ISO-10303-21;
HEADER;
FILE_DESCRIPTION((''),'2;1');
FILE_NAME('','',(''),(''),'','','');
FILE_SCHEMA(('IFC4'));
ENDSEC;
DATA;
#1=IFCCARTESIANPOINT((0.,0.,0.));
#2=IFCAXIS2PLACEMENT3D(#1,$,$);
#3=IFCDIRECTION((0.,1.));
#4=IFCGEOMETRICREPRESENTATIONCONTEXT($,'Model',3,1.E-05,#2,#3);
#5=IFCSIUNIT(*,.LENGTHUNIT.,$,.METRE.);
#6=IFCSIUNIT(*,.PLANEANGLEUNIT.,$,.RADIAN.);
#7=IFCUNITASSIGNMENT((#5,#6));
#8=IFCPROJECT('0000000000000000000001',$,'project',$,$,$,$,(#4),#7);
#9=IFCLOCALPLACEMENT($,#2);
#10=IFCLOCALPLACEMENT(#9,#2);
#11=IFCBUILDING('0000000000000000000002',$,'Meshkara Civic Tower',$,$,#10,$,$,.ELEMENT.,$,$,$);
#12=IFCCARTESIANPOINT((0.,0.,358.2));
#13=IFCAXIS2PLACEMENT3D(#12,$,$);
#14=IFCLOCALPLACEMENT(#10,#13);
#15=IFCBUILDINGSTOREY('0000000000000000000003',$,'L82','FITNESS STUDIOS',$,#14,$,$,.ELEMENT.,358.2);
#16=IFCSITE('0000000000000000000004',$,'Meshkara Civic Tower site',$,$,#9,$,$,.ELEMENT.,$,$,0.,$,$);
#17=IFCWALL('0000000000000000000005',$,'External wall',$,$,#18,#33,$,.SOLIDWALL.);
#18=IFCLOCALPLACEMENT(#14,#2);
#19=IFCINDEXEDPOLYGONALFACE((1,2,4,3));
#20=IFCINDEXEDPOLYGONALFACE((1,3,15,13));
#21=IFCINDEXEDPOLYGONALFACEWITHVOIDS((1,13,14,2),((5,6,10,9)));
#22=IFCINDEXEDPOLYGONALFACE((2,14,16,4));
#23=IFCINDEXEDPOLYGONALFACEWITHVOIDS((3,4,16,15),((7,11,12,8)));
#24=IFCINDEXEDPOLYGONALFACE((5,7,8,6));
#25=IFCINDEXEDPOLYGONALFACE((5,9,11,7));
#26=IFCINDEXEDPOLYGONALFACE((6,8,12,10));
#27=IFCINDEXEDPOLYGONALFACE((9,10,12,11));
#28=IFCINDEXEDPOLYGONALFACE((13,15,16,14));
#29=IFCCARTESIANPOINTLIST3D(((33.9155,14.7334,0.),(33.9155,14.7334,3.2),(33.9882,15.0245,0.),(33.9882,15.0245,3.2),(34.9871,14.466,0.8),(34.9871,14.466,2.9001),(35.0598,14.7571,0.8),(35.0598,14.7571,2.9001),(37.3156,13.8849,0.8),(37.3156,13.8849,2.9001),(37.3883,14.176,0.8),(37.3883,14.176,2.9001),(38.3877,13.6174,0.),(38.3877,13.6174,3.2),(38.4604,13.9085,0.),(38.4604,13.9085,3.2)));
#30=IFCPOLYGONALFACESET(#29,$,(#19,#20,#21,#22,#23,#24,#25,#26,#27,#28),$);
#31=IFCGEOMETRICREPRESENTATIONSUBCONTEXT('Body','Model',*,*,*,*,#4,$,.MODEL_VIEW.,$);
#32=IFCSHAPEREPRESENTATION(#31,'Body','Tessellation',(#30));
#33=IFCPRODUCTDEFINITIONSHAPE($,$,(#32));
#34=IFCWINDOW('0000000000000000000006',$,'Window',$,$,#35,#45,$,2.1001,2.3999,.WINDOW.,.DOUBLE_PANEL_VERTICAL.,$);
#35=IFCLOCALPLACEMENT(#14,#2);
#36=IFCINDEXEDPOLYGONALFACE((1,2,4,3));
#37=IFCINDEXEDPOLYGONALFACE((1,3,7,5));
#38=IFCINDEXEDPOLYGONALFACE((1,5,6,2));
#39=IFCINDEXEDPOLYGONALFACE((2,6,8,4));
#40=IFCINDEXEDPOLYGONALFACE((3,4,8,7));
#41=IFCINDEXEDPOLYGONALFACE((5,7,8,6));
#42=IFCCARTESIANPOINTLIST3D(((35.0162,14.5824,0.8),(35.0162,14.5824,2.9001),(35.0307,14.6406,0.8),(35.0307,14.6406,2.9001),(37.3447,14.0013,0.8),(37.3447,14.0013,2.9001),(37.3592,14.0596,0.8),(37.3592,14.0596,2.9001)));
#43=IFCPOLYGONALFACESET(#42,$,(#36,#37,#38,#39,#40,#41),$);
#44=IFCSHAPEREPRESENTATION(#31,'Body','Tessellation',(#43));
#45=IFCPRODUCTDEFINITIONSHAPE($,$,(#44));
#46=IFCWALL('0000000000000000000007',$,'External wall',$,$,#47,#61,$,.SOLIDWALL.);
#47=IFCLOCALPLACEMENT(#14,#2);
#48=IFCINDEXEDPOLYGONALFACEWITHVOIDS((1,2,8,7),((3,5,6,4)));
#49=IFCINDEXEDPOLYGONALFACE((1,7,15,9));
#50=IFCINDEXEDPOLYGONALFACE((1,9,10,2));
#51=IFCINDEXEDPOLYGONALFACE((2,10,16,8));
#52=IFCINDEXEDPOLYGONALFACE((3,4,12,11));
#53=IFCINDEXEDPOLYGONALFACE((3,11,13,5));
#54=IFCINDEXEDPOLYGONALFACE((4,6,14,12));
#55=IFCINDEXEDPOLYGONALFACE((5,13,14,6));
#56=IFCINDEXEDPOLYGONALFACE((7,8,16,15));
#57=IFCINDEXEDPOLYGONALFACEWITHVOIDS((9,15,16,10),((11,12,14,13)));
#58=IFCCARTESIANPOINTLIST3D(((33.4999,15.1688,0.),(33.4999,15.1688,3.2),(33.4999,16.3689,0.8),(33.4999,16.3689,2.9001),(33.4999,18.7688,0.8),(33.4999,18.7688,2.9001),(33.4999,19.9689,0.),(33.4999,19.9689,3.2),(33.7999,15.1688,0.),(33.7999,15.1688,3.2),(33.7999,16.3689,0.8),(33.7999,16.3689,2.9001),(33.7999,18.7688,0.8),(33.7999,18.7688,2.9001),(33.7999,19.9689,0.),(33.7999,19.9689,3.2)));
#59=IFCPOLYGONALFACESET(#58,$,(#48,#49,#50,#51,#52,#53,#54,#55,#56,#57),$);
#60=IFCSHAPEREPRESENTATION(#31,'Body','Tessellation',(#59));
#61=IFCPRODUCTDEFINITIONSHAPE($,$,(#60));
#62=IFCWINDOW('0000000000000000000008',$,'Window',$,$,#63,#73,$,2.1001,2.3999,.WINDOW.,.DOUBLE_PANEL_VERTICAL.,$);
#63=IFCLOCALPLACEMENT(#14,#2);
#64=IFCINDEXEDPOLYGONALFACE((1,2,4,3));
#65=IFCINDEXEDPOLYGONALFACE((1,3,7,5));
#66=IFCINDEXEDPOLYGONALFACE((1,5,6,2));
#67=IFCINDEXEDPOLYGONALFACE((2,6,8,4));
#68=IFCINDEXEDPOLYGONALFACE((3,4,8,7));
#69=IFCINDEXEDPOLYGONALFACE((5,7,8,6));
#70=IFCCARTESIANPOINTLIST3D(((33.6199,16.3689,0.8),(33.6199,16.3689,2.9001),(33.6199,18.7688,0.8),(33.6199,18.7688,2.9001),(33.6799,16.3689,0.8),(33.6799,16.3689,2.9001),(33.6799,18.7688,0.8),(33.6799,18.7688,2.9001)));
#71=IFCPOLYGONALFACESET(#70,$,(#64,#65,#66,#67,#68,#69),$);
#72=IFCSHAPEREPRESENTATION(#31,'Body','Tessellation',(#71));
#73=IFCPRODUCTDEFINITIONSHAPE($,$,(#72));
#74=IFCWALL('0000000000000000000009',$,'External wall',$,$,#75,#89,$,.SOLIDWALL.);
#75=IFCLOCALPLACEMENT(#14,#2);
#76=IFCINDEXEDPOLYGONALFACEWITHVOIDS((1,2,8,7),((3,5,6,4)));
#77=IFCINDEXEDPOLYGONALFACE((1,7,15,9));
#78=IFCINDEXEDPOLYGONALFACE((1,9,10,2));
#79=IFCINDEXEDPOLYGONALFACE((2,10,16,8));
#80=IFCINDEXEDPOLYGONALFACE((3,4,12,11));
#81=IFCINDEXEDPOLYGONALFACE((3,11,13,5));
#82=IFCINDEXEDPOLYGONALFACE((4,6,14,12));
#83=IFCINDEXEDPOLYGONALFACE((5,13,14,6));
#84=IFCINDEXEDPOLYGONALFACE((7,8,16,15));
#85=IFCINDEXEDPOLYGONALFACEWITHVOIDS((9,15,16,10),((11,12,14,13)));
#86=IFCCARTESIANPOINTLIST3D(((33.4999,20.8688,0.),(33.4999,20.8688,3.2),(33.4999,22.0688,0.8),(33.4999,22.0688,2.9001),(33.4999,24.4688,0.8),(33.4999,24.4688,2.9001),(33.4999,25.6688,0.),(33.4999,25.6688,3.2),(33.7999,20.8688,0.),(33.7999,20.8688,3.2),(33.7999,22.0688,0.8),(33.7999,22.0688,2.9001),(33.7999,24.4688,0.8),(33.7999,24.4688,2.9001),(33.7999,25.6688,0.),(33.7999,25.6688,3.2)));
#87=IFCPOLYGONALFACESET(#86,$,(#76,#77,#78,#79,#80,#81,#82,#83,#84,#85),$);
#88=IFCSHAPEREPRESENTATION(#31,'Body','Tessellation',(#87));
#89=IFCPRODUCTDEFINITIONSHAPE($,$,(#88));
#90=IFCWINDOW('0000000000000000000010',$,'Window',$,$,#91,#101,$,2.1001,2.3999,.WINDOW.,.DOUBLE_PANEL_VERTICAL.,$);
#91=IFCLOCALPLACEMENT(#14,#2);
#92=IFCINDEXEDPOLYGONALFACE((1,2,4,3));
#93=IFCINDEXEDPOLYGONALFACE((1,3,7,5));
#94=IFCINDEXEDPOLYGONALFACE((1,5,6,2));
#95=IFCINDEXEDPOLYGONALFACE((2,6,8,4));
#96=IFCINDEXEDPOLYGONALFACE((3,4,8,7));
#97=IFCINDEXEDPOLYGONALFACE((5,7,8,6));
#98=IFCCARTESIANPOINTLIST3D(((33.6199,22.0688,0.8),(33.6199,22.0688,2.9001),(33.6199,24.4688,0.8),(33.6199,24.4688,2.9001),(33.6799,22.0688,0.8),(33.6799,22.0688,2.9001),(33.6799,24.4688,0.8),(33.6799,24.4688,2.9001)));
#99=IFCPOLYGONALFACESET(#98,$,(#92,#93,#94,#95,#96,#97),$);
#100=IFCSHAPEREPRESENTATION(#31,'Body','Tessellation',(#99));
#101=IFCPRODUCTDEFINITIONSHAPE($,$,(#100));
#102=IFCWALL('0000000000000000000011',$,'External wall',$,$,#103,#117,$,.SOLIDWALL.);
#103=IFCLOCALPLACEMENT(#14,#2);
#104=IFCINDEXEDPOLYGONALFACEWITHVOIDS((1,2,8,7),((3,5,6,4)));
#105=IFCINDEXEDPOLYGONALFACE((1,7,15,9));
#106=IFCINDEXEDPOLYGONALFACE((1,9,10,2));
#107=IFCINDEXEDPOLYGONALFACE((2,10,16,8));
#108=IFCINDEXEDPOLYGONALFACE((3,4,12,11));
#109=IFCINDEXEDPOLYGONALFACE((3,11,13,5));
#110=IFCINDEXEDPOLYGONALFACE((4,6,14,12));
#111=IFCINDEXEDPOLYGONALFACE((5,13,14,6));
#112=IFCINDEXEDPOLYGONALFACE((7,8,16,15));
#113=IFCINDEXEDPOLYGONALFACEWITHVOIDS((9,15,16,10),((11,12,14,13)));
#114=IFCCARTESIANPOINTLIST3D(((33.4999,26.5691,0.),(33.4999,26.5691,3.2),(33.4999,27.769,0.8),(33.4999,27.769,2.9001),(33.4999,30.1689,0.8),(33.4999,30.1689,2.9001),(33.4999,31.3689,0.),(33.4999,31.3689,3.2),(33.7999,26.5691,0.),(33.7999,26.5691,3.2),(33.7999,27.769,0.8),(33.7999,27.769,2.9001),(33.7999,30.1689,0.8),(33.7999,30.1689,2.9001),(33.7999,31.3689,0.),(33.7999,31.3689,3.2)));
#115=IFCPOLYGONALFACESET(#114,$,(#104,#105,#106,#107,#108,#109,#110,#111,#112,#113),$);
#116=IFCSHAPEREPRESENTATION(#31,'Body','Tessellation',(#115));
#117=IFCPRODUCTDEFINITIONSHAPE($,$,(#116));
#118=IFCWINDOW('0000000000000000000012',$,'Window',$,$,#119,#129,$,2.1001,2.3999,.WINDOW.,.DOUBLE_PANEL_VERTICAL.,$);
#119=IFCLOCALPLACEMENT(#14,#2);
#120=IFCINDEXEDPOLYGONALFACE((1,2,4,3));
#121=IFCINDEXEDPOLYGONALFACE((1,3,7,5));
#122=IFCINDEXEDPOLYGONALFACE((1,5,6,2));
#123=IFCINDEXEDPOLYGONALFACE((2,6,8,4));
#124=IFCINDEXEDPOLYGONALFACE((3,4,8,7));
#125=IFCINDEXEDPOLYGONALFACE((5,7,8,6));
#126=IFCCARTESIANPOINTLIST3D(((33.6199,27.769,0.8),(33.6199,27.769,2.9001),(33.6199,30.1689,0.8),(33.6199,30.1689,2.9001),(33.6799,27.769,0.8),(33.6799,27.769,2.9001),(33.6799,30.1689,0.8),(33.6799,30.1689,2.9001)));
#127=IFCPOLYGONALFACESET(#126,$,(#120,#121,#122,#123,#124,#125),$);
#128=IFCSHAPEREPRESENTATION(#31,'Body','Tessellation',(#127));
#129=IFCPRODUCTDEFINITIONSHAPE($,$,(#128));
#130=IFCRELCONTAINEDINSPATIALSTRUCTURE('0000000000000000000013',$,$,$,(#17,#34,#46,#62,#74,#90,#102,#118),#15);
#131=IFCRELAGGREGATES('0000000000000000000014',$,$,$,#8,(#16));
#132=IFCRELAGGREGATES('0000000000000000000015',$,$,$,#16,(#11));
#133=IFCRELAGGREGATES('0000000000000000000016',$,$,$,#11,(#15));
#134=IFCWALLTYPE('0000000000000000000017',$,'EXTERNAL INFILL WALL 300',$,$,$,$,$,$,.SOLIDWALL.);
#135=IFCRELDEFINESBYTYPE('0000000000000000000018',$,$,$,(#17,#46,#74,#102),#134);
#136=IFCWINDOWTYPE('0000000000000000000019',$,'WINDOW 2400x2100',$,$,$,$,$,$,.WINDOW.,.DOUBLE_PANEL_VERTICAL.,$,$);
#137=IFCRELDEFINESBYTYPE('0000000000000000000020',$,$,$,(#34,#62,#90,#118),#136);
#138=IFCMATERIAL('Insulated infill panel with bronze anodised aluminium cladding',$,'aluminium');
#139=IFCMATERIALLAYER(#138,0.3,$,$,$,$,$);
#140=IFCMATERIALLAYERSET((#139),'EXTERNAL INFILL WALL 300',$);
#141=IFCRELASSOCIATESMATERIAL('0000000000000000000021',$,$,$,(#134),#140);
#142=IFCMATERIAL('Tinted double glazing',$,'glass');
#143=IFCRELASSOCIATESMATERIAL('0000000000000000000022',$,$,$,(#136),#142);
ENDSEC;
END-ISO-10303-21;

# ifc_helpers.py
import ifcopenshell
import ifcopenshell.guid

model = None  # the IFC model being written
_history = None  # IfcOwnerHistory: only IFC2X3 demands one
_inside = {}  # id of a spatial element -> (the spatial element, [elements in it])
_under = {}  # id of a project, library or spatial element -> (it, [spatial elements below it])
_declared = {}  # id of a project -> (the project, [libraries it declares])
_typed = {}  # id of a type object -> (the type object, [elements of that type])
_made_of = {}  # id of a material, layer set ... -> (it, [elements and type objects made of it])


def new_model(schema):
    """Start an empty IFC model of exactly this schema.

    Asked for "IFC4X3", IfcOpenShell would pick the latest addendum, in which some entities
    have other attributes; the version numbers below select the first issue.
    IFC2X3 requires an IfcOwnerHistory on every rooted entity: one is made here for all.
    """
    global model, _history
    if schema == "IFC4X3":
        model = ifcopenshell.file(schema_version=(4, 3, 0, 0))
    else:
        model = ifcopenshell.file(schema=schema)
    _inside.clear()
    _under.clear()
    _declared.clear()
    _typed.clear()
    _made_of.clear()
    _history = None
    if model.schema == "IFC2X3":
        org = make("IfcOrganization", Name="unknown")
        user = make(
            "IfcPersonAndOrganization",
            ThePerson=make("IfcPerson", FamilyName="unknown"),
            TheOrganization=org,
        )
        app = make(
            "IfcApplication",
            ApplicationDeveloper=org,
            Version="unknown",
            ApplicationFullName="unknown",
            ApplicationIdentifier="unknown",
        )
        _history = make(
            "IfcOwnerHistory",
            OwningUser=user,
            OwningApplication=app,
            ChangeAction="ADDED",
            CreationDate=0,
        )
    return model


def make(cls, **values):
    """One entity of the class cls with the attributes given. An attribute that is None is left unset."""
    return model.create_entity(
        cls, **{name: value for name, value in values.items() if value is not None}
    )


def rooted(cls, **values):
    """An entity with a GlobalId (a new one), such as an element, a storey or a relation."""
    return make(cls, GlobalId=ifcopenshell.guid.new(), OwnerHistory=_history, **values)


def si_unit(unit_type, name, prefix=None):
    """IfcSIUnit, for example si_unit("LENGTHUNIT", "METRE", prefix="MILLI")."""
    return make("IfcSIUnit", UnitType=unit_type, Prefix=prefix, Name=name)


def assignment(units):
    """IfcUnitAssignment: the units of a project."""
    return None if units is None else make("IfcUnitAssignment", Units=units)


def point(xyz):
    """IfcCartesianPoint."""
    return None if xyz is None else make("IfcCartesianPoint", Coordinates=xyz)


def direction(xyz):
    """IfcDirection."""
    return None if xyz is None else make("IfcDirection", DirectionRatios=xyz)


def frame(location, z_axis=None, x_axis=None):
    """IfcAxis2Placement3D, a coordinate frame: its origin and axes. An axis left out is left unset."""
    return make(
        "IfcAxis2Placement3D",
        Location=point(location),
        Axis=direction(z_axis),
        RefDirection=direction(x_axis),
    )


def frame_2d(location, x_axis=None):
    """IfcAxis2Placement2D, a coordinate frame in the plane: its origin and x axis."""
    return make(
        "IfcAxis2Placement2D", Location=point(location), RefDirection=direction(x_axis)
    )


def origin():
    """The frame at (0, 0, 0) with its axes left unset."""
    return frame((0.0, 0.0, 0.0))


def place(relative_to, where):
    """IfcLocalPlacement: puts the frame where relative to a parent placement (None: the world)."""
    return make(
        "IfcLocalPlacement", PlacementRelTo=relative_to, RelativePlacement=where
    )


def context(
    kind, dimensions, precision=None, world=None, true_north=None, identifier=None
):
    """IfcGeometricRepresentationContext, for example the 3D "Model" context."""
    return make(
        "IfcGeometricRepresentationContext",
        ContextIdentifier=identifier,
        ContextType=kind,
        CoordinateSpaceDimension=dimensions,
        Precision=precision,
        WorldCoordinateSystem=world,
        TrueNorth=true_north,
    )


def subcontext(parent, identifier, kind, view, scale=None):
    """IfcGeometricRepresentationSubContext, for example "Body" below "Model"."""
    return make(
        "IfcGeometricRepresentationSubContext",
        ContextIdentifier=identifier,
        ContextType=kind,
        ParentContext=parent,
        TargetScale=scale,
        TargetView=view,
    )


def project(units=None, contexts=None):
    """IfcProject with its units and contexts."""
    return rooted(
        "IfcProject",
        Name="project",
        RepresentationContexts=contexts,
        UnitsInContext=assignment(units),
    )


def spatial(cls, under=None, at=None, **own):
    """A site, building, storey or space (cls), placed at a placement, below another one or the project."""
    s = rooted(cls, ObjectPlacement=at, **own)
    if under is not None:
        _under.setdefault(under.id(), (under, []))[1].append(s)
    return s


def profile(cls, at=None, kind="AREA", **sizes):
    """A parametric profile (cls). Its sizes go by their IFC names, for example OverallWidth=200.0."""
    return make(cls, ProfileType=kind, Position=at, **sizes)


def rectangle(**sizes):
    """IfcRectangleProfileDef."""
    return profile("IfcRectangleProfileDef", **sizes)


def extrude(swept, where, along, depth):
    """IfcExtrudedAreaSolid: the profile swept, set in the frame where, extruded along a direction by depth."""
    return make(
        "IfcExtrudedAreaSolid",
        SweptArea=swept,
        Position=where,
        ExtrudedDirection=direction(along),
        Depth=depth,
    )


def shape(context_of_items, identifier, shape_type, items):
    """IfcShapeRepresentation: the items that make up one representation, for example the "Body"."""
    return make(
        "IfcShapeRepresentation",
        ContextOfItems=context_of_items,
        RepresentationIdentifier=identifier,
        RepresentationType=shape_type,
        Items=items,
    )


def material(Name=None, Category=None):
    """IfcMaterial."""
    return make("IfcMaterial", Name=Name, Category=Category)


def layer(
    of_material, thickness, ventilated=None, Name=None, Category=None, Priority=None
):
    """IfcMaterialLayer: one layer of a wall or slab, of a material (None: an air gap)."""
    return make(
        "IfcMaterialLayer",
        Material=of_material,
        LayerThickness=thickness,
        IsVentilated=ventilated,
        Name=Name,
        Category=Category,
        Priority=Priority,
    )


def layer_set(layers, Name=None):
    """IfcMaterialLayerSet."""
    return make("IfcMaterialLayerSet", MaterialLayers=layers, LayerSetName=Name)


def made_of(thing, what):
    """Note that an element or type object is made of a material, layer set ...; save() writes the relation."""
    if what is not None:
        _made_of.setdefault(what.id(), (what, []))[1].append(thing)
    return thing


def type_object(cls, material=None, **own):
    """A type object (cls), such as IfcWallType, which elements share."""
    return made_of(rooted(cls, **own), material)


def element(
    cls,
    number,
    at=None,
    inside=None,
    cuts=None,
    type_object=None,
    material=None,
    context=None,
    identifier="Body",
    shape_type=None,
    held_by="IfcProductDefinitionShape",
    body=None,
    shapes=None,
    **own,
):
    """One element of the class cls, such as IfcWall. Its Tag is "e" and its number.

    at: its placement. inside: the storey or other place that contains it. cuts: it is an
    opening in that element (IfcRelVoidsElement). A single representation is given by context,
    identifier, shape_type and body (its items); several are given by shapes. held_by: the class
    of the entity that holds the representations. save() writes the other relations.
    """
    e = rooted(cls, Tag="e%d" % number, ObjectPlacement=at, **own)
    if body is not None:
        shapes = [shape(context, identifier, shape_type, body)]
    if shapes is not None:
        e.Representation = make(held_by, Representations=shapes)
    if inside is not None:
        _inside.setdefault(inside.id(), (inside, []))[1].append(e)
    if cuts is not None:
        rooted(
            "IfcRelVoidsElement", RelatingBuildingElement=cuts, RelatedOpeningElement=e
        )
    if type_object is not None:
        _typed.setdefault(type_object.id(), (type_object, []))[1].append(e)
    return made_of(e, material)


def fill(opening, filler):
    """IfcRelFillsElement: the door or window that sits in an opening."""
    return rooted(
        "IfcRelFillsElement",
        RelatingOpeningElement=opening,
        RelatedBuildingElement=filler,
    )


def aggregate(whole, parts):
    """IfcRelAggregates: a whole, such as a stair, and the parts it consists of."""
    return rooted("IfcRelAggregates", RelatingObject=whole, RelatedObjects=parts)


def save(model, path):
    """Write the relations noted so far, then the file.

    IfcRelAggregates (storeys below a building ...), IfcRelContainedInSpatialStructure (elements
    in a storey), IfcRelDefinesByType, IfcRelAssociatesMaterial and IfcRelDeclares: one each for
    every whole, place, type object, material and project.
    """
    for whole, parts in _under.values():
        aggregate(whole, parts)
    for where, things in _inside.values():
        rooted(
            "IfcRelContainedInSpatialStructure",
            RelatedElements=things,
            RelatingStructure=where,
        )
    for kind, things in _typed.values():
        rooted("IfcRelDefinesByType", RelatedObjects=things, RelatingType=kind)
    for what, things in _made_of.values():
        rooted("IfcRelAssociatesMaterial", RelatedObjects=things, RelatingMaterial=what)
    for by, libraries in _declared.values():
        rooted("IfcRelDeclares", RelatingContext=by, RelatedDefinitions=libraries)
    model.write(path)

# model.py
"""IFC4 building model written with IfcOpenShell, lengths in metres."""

from ifc_helpers import new_model, si_unit, direction, frame, frame_2d, origin, place, context, subcontext, project, spatial, rectangle, extrude, material, layer, layer_set, type_object, element, fill, save


model = new_model("IFC4")

# Units and contexts
model_context = context("Model", 3, precision=1e-05, world=origin(), true_north=direction((0.0, 1.0)))
body_context = subcontext(model_context, "Body", "Model", "MODEL_VIEW")
ifc_project = project(units=[si_unit("LENGTHUNIT", "METRE"), si_unit("PLANEANGLEUNIT", "RADIAN")], contexts=[model_context])

# Site, building, storey
site_placement = place(None, origin())
site = spatial("IfcSite", under=ifc_project, at=site_placement, Name="Meshkara Civic Tower site", CompositionType="ELEMENT", RefElevation=0.0)
building_placement = place(site_placement, origin())
building = spatial("IfcBuilding", under=site, at=building_placement, Name="Meshkara Civic Tower", CompositionType="ELEMENT")
storey_placement = place(building_placement, frame((0.0, 0.0, 358.2)))
storey = spatial("IfcBuildingStorey", under=building, at=storey_placement, Name="L82", Description="FITNESS STUDIOS", CompositionType="ELEMENT", Elevation=358.2)

# Walls, openings, windows
ifc_material_1 = material(Name="Insulated infill panel with bronze anodised aluminium cladding", Category="aluminium")
ifc_layer_1 = layer(ifc_material_1, 0.3)
ifc_layer_set_1 = layer_set([ifc_layer_1], Name="EXTERNAL INFILL WALL 300")
wall_type_1 = type_object("IfcWallType", Name="EXTERNAL INFILL WALL 300", PredefinedType="SOLIDWALL", material=ifc_layer_set_1)
ifc_material_2 = material(Name="Tinted double glazing", Category="glass")
window_type = type_object("IfcWindowType", Name="WINDOW 2400x2100", PartitioningType="DOUBLE_PANEL_VERTICAL", PredefinedType="WINDOW", material=ifc_material_2)
wall_1_placement = place(storey_placement, frame((38.4241, 13.7629, 0.0), z_axis=(0.0, 0.0, 1.0), x_axis=(-0.970248, 0.242112, 0.0)))
wall_1 = element("IfcWall", 1, at=wall_1_placement, inside=storey, type_object=wall_type_1, Name="External wall", PredefinedType="SOLIDWALL", context=body_context, shape_type="SweptSolid", body=[
    extrude(rectangle(XDim=4.6094, YDim=0.3, at=frame_2d((2.3047, 0.0))), origin(), (0.0, 0.0, 1.0), 3.2),
])
opening_1_placement = place(wall_1_placement, frame((1.105, 0.0, 0.8)))
opening_1 = element("IfcOpeningElement", 2, at=opening_1_placement, cuts=wall_1, PredefinedType="OPENING", context=body_context, shape_type="SweptSolid", body=[
    extrude(rectangle(XDim=2.3999, YDim=2.1001, at=frame_2d((1.2, 1.05))), frame((0.0, 0.1599, 0.0), z_axis=(0.0, -1.0, 0.0), x_axis=(1.0, 0.0, 0.0)), (0.0, 0.0, 1.0), 0.3201),
])
window_1_placement = place(opening_1_placement, origin())
window_1 = element("IfcWindow", 3, at=window_1_placement, inside=storey, type_object=window_type, Name="Window", OverallHeight=2.1001, OverallWidth=2.3999, PartitioningType="DOUBLE_PANEL_VERTICAL", PredefinedType="WINDOW", context=body_context, shape_type="SweptSolid", body=[
    extrude(rectangle(XDim=2.3999, YDim=2.1001, at=frame_2d((1.2, 1.05))), frame((0.0, 0.03, 0.0), z_axis=(0.0, -1.0, 0.0), x_axis=(1.0, 0.0, 0.0)), (0.0, 0.0, 1.0), 0.0601),
])
fill(opening_1, window_1)
wall_2_placement = place(storey_placement, frame((33.6499, 15.1689, 0.0), z_axis=(0.0, 0.0, 1.0), x_axis=(0.0, 1.0, 0.0)))
wall_2 = element("IfcWall", 4, at=wall_2_placement, inside=storey, type_object=wall_type_1, Name="External wall", PredefinedType="SOLIDWALL", context=body_context, shape_type="SweptSolid", body=[
    extrude(rectangle(XDim=4.8, YDim=0.3, at=frame_2d((2.3999, 0.0))), origin(), (0.0, 0.0, 1.0), 3.2),
])
opening_2_placement = place(wall_2_placement, frame((1.2, 0.0, 0.8)))
opening_2 = element("IfcOpeningElement", 5, at=opening_2_placement, cuts=wall_2, PredefinedType="OPENING", context=body_context, shape_type="SweptSolid", body=[
    extrude(rectangle(XDim=2.3999, YDim=2.1001, at=frame_2d((1.2, 1.05))), frame((0.0, 0.1599, 0.0), z_axis=(0.0, -1.0, 0.0), x_axis=(1.0, 0.0, 0.0)), (0.0, 0.0, 1.0), 0.3201),
])
window_2_placement = place(opening_2_placement, origin())
window_2 = element("IfcWindow", 6, at=window_2_placement, inside=storey, type_object=window_type, Name="Window", OverallHeight=2.1001, OverallWidth=2.3999, PartitioningType="DOUBLE_PANEL_VERTICAL", PredefinedType="WINDOW", context=body_context, shape_type="SweptSolid", body=[
    extrude(rectangle(XDim=2.3999, YDim=2.1001, at=frame_2d((1.2, 1.05))), frame((0.0, 0.03, 0.0), z_axis=(0.0, -1.0, 0.0), x_axis=(1.0, 0.0, 0.0)), (0.0, 0.0, 1.0), 0.0601),
])
fill(opening_2, window_2)
wall_3_placement = place(storey_placement, frame((33.6499, 20.8689, 0.0), z_axis=(0.0, 0.0, 1.0), x_axis=(0.0, 1.0, 0.0)))
wall_3 = element("IfcWall", 7, at=wall_3_placement, inside=storey, type_object=wall_type_1, Name="External wall", PredefinedType="SOLIDWALL", context=body_context, shape_type="SweptSolid", body=[
    extrude(rectangle(XDim=4.8, YDim=0.3, at=frame_2d((2.3999, 0.0))), origin(), (0.0, 0.0, 1.0), 3.2),
])
opening_3_placement = place(wall_3_placement, frame((1.2, 0.0, 0.8)))
opening_3 = element("IfcOpeningElement", 8, at=opening_3_placement, cuts=wall_3, PredefinedType="OPENING", context=body_context, shape_type="SweptSolid", body=[
    extrude(rectangle(XDim=2.3999, YDim=2.1001, at=frame_2d((1.2, 1.05))), frame((0.0, 0.1599, 0.0), z_axis=(0.0, -1.0, 0.0), x_axis=(1.0, 0.0, 0.0)), (0.0, 0.0, 1.0), 0.3201),
])
window_3_placement = place(opening_3_placement, origin())
window_3 = element("IfcWindow", 9, at=window_3_placement, inside=storey, type_object=window_type, Name="Window", OverallHeight=2.1001, OverallWidth=2.3999, PartitioningType="DOUBLE_PANEL_VERTICAL", PredefinedType="WINDOW", context=body_context, shape_type="SweptSolid", body=[
    extrude(rectangle(XDim=2.3999, YDim=2.1001, at=frame_2d((1.2, 1.05))), frame((0.0, 0.03, 0.0), z_axis=(0.0, -1.0, 0.0), x_axis=(1.0, 0.0, 0.0)), (0.0, 0.0, 1.0), 0.0601),
])
fill(opening_3, window_3)
wall_4_placement = place(storey_placement, frame((33.6499, 26.5691, 0.0), z_axis=(0.0, 0.0, 1.0), x_axis=(0.0, 1.0, 0.0)))
wall_4 = element("IfcWall", 10, at=wall_4_placement, inside=storey, type_object=wall_type_1, Name="External wall", PredefinedType="SOLIDWALL", context=body_context, shape_type="SweptSolid", body=[
    extrude(rectangle(XDim=4.7998, YDim=0.3, at=frame_2d((2.3999, 0.0))), origin(), (0.0, 0.0, 1.0), 3.2),
])
opening_4_placement = place(wall_4_placement, frame((1.2, 0.0, 0.8)))
opening_4 = element("IfcOpeningElement", 11, at=opening_4_placement, cuts=wall_4, PredefinedType="OPENING", context=body_context, shape_type="SweptSolid", body=[
    extrude(rectangle(XDim=2.3999, YDim=2.1001, at=frame_2d((1.2, 1.05))), frame((0.0, 0.1599, 0.0), z_axis=(0.0, -1.0, 0.0), x_axis=(1.0, 0.0, 0.0)), (0.0, 0.0, 1.0), 0.3201),
])
window_4_placement = place(opening_4_placement, origin())
window_4 = element("IfcWindow", 12, at=window_4_placement, inside=storey, type_object=window_type, Name="Window", OverallHeight=2.1001, OverallWidth=2.3999, PartitioningType="DOUBLE_PANEL_VERTICAL", PredefinedType="WINDOW", context=body_context, shape_type="SweptSolid", body=[
    extrude(rectangle(XDim=2.3999, YDim=2.1001, at=frame_2d((1.2, 1.05))), frame((0.0, 0.03, 0.0), z_axis=(0.0, -1.0, 0.0), x_axis=(1.0, 0.0, 0.0)), (0.0, 0.0, 1.0), 0.0601),
])
fill(opening_4, window_4)

save(model, "model.ifc")
